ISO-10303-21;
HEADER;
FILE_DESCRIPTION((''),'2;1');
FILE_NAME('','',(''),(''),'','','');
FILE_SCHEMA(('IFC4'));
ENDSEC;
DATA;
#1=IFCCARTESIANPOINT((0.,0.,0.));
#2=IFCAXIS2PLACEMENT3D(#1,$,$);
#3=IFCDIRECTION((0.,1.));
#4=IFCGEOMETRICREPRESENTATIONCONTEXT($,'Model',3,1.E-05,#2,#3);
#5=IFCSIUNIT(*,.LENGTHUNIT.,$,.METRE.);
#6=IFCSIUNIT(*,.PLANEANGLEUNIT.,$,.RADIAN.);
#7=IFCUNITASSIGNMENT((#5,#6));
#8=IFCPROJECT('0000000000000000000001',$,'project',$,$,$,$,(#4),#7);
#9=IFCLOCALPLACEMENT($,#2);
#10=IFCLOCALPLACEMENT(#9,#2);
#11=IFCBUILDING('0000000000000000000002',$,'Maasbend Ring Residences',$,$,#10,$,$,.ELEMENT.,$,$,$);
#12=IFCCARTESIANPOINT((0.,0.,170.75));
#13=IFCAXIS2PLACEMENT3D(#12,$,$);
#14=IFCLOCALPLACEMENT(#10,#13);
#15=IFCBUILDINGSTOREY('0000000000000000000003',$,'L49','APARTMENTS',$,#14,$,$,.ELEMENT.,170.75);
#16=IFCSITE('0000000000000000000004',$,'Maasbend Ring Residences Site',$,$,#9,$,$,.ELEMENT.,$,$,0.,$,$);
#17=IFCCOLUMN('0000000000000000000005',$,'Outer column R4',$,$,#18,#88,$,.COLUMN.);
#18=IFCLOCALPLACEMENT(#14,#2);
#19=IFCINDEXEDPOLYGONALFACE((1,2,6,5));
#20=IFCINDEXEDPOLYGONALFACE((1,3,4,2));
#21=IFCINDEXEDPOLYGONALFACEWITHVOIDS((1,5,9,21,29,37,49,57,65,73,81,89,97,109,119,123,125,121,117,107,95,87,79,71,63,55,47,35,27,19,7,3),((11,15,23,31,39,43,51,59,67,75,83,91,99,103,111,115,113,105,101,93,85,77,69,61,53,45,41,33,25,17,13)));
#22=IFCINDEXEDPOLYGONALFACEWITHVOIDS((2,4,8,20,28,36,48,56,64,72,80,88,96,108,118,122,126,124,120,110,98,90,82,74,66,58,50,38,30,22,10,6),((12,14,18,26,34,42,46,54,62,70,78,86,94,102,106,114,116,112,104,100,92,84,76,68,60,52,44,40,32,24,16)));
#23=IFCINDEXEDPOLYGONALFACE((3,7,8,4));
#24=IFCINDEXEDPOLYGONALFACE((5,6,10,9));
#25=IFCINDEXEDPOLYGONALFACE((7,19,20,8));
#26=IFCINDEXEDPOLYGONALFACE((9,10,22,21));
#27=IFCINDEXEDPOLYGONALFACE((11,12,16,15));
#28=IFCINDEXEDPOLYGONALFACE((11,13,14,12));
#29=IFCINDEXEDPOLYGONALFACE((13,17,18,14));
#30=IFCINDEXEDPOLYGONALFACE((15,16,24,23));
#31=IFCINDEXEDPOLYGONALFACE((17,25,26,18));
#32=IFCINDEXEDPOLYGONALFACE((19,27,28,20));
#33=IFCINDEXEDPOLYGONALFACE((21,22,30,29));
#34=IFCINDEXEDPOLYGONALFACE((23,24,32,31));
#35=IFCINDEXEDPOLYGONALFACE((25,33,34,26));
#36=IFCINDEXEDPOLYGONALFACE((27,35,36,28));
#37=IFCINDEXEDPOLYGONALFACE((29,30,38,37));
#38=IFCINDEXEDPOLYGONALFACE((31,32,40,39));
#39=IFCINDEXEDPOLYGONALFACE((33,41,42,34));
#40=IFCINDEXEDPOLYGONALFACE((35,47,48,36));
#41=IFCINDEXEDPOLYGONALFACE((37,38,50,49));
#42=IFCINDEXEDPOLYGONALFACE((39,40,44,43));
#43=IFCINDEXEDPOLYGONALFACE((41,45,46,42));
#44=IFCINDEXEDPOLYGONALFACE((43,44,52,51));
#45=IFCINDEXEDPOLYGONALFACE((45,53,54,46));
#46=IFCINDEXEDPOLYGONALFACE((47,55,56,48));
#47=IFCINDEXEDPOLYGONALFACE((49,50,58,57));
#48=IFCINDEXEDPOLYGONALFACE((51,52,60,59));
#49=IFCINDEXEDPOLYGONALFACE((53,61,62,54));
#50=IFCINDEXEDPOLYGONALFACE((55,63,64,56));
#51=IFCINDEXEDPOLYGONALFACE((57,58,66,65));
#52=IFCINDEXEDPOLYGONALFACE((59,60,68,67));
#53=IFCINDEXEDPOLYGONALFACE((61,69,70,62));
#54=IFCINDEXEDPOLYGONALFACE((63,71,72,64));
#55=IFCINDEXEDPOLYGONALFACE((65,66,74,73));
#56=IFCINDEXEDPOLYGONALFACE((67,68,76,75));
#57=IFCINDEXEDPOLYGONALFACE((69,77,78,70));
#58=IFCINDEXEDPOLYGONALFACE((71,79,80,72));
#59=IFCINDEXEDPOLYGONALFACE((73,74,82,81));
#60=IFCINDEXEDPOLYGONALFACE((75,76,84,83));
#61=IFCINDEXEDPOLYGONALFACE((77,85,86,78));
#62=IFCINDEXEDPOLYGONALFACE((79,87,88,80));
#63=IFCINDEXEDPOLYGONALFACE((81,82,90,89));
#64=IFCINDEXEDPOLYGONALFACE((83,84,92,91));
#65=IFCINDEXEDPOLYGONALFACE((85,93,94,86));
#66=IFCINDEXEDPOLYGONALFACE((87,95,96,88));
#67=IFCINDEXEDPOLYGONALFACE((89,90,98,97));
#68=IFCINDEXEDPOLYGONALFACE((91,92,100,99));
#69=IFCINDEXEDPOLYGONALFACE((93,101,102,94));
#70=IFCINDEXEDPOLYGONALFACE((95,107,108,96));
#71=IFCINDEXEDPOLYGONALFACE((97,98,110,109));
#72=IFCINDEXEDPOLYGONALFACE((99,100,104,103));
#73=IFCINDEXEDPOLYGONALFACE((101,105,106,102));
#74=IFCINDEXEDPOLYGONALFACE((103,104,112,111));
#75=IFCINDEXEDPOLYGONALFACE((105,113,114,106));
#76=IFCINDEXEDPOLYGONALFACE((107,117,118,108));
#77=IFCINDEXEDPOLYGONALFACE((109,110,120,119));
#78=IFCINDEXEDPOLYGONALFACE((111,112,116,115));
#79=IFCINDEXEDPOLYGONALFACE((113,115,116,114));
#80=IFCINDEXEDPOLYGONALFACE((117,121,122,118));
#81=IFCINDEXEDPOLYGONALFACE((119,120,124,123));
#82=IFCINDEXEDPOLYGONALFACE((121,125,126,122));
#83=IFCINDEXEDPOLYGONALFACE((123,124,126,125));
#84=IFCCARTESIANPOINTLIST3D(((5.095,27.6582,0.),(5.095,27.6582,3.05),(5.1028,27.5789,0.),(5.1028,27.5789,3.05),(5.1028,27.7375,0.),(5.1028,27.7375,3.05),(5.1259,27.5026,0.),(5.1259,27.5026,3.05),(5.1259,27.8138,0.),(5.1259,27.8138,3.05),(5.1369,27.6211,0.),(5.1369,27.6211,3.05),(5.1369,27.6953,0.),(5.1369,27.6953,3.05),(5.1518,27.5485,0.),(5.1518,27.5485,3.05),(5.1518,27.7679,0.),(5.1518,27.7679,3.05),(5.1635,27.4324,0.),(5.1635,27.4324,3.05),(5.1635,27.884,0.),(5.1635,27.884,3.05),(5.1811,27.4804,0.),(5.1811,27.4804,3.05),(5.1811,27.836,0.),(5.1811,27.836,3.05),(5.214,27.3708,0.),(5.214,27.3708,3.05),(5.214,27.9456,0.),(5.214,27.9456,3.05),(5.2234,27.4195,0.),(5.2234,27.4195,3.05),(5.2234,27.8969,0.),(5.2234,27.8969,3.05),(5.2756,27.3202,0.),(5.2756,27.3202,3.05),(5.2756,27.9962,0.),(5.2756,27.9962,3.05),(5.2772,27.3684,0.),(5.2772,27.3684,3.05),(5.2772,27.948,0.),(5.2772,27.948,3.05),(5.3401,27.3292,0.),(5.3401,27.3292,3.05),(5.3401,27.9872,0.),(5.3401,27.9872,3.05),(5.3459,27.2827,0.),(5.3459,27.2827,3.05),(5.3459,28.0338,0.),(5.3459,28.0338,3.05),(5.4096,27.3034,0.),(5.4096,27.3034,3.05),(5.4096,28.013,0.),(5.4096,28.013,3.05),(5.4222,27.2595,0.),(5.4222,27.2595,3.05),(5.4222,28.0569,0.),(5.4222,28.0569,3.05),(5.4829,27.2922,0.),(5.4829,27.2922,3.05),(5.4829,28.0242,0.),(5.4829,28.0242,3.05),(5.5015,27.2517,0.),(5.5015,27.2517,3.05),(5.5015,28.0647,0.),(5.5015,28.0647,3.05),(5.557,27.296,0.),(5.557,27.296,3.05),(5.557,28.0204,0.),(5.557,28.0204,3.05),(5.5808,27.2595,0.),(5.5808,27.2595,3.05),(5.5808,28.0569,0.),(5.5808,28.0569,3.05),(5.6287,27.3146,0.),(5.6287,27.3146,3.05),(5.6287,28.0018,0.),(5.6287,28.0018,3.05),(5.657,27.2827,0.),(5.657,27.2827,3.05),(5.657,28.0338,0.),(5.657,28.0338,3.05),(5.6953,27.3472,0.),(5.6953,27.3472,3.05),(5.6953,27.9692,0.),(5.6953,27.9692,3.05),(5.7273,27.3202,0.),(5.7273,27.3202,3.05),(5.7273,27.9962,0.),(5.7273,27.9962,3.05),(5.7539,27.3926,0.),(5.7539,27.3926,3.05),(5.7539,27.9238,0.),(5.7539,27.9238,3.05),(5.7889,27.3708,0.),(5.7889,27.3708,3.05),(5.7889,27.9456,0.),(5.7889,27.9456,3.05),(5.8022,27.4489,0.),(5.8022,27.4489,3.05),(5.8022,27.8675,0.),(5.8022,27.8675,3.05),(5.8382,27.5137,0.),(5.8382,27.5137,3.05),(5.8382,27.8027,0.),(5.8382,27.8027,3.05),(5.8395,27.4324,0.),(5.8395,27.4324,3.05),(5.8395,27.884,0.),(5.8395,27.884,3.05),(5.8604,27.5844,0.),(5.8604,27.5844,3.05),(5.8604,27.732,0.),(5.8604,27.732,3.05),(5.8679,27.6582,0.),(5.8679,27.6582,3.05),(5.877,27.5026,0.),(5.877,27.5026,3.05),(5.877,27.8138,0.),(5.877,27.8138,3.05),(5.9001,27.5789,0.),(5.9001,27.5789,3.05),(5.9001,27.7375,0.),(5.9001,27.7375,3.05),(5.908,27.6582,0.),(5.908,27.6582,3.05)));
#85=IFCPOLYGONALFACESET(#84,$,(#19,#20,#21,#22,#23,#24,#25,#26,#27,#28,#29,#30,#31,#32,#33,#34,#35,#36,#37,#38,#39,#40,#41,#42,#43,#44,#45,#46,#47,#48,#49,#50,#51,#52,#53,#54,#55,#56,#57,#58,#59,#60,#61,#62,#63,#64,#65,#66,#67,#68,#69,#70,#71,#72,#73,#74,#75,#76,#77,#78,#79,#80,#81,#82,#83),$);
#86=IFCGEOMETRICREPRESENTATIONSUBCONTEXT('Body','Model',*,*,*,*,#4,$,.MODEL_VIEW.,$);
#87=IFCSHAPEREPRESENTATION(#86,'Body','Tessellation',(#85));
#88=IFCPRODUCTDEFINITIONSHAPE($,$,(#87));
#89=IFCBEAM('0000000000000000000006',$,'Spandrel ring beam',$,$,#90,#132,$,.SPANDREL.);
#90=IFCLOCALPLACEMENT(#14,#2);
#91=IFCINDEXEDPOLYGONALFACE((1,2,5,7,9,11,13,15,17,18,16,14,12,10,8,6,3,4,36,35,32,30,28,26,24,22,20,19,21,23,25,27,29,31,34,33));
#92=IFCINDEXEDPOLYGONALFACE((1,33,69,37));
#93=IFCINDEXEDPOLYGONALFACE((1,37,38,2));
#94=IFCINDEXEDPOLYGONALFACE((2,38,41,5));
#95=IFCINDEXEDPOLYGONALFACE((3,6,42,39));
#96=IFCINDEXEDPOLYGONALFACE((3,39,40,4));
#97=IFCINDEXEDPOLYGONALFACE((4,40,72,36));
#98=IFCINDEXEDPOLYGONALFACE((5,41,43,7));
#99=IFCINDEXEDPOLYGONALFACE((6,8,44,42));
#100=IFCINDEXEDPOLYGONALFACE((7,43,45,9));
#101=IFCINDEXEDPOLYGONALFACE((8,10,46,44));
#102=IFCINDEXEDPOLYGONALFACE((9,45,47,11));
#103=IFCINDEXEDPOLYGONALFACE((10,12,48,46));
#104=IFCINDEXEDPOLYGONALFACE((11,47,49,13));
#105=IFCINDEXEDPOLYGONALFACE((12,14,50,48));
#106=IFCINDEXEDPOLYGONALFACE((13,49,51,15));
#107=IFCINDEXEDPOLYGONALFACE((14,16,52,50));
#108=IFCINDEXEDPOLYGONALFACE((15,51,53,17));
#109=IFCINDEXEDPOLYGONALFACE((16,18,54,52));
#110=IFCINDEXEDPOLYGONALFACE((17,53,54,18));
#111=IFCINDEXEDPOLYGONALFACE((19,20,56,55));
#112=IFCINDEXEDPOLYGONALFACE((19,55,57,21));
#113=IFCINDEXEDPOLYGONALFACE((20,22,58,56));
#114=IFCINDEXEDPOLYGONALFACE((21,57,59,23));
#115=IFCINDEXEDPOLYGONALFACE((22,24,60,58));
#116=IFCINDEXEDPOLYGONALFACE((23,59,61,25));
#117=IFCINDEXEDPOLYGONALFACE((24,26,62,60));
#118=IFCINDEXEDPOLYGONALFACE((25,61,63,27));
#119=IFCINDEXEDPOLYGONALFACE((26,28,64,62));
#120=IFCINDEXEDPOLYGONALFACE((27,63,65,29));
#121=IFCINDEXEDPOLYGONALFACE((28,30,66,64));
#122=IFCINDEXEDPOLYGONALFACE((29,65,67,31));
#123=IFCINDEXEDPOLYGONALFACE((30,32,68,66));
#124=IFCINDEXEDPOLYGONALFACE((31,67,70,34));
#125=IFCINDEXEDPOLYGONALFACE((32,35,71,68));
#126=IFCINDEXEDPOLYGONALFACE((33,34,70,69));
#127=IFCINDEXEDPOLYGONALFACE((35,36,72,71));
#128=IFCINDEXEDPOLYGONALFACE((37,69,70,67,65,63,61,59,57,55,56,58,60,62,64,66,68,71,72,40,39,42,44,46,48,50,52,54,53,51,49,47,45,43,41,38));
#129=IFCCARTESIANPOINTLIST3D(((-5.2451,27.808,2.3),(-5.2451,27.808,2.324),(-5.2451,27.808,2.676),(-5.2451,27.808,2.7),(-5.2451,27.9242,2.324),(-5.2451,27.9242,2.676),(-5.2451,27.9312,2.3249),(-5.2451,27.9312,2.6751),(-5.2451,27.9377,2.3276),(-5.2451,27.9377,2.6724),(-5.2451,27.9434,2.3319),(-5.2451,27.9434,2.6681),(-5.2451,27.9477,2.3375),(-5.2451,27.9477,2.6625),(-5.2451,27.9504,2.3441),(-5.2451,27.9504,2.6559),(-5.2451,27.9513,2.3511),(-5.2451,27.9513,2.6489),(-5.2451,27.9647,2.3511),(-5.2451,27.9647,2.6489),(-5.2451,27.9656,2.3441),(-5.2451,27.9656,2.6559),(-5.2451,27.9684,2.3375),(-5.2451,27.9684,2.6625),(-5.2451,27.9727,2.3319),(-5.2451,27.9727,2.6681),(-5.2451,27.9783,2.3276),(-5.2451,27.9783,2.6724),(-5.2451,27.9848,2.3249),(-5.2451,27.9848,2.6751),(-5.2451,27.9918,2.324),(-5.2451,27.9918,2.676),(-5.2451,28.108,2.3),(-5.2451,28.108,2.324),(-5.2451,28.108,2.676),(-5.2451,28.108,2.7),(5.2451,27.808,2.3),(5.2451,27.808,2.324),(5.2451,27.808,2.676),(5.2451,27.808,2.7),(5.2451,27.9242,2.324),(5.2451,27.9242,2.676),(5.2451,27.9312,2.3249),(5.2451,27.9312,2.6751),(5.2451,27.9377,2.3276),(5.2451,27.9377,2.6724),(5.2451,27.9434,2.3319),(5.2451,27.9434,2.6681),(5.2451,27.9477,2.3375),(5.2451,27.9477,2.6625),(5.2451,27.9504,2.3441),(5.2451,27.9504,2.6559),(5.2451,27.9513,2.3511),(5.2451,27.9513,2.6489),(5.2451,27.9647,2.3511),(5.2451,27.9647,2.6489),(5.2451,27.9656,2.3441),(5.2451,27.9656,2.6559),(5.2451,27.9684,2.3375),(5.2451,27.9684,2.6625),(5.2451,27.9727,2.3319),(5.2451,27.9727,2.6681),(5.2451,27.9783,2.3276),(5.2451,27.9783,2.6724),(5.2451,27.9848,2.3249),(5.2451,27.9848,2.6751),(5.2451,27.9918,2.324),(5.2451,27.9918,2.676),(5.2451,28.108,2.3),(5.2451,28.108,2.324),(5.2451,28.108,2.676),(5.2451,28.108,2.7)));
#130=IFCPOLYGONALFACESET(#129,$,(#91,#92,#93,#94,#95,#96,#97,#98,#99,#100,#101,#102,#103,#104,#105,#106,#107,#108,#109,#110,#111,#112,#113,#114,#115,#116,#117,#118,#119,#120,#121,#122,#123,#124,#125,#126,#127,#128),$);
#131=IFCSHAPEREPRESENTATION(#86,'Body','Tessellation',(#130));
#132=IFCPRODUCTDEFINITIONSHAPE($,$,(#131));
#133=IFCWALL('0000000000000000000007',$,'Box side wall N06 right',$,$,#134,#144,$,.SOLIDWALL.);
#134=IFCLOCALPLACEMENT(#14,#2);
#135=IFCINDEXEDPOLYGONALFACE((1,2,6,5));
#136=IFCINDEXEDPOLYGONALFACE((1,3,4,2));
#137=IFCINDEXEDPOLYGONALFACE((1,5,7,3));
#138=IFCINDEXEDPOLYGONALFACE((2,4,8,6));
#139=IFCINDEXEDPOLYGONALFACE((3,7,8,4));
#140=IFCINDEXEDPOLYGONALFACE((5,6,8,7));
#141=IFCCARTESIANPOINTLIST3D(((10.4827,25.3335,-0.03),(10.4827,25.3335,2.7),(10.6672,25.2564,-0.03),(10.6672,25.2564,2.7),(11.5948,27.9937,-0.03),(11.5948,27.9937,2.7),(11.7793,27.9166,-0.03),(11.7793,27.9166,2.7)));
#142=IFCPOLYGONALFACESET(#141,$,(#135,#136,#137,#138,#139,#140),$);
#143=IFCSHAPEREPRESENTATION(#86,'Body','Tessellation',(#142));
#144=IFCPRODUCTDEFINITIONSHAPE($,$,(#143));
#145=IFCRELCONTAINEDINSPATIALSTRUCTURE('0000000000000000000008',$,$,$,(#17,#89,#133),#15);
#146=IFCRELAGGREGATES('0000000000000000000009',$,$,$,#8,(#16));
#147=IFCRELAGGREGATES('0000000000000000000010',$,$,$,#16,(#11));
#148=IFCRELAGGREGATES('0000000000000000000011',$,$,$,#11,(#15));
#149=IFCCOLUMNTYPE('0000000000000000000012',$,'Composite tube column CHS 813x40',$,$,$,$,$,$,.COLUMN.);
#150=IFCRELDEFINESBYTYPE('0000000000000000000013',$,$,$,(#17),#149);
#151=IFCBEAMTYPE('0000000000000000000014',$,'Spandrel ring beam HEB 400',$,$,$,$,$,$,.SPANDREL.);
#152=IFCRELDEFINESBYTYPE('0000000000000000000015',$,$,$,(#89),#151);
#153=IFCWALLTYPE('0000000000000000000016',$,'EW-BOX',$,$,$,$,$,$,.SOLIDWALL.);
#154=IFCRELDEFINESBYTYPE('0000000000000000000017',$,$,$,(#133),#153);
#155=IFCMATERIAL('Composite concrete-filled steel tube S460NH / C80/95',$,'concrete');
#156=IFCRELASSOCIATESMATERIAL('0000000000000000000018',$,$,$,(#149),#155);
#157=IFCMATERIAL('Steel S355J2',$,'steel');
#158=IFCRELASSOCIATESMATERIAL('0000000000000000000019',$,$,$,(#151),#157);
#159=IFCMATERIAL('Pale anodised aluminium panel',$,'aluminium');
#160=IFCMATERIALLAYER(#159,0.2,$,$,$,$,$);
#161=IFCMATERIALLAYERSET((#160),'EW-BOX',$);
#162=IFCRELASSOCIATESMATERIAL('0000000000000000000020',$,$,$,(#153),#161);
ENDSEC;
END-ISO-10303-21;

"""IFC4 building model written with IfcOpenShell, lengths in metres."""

from ifc_helpers import new_model, si_unit, direction, frame, frame_2d, origin, origin_2d, place, context, subcontext, project, spatial, rectangle, hollow_circle, i_section, extrude, material, layer, layer_set, material_profile, profile_set, type_object, element, save


model = new_model("IFC4")

# Units and contexts
model_context = context("Model", 3, precision=1e-05, world=origin(), true_north=direction((0.0, 1.0)))
body_context = subcontext(model_context, "Body", "Model", "MODEL_VIEW")
ifc_project = project(units=[si_unit("LENGTHUNIT", "METRE"), si_unit("PLANEANGLEUNIT", "RADIAN")], contexts=[model_context])

# Site, building, storey
site_placement = place(None, origin())
site = spatial("IfcSite", under=ifc_project, at=site_placement, Name="Maasbend Ring Residences Site", CompositionType="ELEMENT", RefElevation=0.0)
building_placement = place(site_placement, origin())
building = spatial("IfcBuilding", under=site, at=building_placement, Name="Maasbend Ring Residences", CompositionType="ELEMENT")
storey_placement = place(building_placement, frame((0.0, 0.0, 170.75)))
storey = spatial("IfcBuildingStorey", under=building, at=storey_placement, Name="L49", Description="APARTMENTS", CompositionType="ELEMENT", Elevation=170.75)

# Column
ifc_material_1 = material(Name="Composite concrete-filled steel tube S460NH / C80/95", Category="concrete")
ifc_material_profile_1 = material_profile(ifc_material_1, hollow_circle(Radius=0.4065, WallThickness=0.04, at=origin_2d()), Name="Composite tube column CHS 813x40")
ifc_profile_set_1 = profile_set([ifc_material_profile_1], Name="Composite concrete-filled steel tube S460NH / C80/95")
column_type = type_object("IfcColumnType", Name="Composite tube column CHS 813x40", PredefinedType="COLUMN", material=ifc_profile_set_1)
column_placement = place(storey_placement, frame((5.5015, 27.6582, 0.0), z_axis=(0.0, 0.0, 1.0), x_axis=(1.0, 0.0, 0.0)))
element("IfcColumn", 1, at=column_placement, inside=storey, type_object=column_type, Name="Outer column R4", PredefinedType="COLUMN", context=body_context, shape_type="SweptSolid", body=[
    extrude(hollow_circle(Radius=0.4065, WallThickness=0.04, at=origin_2d()), origin(), (0.0, 0.0, 1.0), 3.05),
])

# Beam
ifc_material_2 = material(Name="Steel S355J2", Category="steel")
ifc_material_profile_2 = material_profile(ifc_material_2, i_section(OverallWidth=0.3, OverallDepth=0.3999, WebThickness=0.0134, FlangeThickness=0.0239, FilletRadius=0.0271, at=origin_2d()), Name="HEB 400")
ifc_profile_set_2 = profile_set([ifc_material_profile_2], Name="Steel S355J2")
beam_type = type_object("IfcBeamType", Name="Spandrel ring beam HEB 400", PredefinedType="SPANDREL", material=ifc_profile_set_2)
beam_placement = place(storey_placement, frame((5.2451, 27.958, 2.5), z_axis=(-1.0, 0.0, 0.0), x_axis=(0.0, -1.0, 0.0)))
element("IfcBeam", 2, at=beam_placement, inside=storey, type_object=beam_type, Name="Spandrel ring beam", PredefinedType="SPANDREL", context=body_context, shape_type="SweptSolid", body=[
    extrude(i_section(OverallWidth=0.3, OverallDepth=0.3999, WebThickness=0.0134, FlangeThickness=0.0239, FilletRadius=0.0271, at=origin_2d()), origin(), (0.0, 0.0, 1.0), 10.4902),
])

# Wall
ifc_material_3 = material(Name="Pale anodised aluminium panel", Category="aluminium")
ifc_layer_1 = layer(ifc_material_3, 0.2)
ifc_layer_set_1 = layer_set([ifc_layer_1], Name="EW-BOX")
wall_type_1 = type_object("IfcWallType", Name="EW-BOX", PredefinedType="SOLIDWALL", material=ifc_layer_set_1)
wall_1_placement = place(storey_placement, frame((10.575, 25.2949, -0.03), z_axis=(0.0, 0.0, 1.0), x_axis=(0.385697, 0.922625, 0.0)))
element("IfcWall", 3, at=wall_1_placement, inside=storey, type_object=wall_type_1, Name="Box side wall N06 right", PredefinedType="SOLIDWALL", context=body_context, shape_type="SweptSolid", body=[
    extrude(rectangle(XDim=2.8833, YDim=0.2, at=frame_2d((1.4417, 0.0))), origin(), (0.0, 0.0, 1.0), 2.73),
])

save(model, "model.ifc")
